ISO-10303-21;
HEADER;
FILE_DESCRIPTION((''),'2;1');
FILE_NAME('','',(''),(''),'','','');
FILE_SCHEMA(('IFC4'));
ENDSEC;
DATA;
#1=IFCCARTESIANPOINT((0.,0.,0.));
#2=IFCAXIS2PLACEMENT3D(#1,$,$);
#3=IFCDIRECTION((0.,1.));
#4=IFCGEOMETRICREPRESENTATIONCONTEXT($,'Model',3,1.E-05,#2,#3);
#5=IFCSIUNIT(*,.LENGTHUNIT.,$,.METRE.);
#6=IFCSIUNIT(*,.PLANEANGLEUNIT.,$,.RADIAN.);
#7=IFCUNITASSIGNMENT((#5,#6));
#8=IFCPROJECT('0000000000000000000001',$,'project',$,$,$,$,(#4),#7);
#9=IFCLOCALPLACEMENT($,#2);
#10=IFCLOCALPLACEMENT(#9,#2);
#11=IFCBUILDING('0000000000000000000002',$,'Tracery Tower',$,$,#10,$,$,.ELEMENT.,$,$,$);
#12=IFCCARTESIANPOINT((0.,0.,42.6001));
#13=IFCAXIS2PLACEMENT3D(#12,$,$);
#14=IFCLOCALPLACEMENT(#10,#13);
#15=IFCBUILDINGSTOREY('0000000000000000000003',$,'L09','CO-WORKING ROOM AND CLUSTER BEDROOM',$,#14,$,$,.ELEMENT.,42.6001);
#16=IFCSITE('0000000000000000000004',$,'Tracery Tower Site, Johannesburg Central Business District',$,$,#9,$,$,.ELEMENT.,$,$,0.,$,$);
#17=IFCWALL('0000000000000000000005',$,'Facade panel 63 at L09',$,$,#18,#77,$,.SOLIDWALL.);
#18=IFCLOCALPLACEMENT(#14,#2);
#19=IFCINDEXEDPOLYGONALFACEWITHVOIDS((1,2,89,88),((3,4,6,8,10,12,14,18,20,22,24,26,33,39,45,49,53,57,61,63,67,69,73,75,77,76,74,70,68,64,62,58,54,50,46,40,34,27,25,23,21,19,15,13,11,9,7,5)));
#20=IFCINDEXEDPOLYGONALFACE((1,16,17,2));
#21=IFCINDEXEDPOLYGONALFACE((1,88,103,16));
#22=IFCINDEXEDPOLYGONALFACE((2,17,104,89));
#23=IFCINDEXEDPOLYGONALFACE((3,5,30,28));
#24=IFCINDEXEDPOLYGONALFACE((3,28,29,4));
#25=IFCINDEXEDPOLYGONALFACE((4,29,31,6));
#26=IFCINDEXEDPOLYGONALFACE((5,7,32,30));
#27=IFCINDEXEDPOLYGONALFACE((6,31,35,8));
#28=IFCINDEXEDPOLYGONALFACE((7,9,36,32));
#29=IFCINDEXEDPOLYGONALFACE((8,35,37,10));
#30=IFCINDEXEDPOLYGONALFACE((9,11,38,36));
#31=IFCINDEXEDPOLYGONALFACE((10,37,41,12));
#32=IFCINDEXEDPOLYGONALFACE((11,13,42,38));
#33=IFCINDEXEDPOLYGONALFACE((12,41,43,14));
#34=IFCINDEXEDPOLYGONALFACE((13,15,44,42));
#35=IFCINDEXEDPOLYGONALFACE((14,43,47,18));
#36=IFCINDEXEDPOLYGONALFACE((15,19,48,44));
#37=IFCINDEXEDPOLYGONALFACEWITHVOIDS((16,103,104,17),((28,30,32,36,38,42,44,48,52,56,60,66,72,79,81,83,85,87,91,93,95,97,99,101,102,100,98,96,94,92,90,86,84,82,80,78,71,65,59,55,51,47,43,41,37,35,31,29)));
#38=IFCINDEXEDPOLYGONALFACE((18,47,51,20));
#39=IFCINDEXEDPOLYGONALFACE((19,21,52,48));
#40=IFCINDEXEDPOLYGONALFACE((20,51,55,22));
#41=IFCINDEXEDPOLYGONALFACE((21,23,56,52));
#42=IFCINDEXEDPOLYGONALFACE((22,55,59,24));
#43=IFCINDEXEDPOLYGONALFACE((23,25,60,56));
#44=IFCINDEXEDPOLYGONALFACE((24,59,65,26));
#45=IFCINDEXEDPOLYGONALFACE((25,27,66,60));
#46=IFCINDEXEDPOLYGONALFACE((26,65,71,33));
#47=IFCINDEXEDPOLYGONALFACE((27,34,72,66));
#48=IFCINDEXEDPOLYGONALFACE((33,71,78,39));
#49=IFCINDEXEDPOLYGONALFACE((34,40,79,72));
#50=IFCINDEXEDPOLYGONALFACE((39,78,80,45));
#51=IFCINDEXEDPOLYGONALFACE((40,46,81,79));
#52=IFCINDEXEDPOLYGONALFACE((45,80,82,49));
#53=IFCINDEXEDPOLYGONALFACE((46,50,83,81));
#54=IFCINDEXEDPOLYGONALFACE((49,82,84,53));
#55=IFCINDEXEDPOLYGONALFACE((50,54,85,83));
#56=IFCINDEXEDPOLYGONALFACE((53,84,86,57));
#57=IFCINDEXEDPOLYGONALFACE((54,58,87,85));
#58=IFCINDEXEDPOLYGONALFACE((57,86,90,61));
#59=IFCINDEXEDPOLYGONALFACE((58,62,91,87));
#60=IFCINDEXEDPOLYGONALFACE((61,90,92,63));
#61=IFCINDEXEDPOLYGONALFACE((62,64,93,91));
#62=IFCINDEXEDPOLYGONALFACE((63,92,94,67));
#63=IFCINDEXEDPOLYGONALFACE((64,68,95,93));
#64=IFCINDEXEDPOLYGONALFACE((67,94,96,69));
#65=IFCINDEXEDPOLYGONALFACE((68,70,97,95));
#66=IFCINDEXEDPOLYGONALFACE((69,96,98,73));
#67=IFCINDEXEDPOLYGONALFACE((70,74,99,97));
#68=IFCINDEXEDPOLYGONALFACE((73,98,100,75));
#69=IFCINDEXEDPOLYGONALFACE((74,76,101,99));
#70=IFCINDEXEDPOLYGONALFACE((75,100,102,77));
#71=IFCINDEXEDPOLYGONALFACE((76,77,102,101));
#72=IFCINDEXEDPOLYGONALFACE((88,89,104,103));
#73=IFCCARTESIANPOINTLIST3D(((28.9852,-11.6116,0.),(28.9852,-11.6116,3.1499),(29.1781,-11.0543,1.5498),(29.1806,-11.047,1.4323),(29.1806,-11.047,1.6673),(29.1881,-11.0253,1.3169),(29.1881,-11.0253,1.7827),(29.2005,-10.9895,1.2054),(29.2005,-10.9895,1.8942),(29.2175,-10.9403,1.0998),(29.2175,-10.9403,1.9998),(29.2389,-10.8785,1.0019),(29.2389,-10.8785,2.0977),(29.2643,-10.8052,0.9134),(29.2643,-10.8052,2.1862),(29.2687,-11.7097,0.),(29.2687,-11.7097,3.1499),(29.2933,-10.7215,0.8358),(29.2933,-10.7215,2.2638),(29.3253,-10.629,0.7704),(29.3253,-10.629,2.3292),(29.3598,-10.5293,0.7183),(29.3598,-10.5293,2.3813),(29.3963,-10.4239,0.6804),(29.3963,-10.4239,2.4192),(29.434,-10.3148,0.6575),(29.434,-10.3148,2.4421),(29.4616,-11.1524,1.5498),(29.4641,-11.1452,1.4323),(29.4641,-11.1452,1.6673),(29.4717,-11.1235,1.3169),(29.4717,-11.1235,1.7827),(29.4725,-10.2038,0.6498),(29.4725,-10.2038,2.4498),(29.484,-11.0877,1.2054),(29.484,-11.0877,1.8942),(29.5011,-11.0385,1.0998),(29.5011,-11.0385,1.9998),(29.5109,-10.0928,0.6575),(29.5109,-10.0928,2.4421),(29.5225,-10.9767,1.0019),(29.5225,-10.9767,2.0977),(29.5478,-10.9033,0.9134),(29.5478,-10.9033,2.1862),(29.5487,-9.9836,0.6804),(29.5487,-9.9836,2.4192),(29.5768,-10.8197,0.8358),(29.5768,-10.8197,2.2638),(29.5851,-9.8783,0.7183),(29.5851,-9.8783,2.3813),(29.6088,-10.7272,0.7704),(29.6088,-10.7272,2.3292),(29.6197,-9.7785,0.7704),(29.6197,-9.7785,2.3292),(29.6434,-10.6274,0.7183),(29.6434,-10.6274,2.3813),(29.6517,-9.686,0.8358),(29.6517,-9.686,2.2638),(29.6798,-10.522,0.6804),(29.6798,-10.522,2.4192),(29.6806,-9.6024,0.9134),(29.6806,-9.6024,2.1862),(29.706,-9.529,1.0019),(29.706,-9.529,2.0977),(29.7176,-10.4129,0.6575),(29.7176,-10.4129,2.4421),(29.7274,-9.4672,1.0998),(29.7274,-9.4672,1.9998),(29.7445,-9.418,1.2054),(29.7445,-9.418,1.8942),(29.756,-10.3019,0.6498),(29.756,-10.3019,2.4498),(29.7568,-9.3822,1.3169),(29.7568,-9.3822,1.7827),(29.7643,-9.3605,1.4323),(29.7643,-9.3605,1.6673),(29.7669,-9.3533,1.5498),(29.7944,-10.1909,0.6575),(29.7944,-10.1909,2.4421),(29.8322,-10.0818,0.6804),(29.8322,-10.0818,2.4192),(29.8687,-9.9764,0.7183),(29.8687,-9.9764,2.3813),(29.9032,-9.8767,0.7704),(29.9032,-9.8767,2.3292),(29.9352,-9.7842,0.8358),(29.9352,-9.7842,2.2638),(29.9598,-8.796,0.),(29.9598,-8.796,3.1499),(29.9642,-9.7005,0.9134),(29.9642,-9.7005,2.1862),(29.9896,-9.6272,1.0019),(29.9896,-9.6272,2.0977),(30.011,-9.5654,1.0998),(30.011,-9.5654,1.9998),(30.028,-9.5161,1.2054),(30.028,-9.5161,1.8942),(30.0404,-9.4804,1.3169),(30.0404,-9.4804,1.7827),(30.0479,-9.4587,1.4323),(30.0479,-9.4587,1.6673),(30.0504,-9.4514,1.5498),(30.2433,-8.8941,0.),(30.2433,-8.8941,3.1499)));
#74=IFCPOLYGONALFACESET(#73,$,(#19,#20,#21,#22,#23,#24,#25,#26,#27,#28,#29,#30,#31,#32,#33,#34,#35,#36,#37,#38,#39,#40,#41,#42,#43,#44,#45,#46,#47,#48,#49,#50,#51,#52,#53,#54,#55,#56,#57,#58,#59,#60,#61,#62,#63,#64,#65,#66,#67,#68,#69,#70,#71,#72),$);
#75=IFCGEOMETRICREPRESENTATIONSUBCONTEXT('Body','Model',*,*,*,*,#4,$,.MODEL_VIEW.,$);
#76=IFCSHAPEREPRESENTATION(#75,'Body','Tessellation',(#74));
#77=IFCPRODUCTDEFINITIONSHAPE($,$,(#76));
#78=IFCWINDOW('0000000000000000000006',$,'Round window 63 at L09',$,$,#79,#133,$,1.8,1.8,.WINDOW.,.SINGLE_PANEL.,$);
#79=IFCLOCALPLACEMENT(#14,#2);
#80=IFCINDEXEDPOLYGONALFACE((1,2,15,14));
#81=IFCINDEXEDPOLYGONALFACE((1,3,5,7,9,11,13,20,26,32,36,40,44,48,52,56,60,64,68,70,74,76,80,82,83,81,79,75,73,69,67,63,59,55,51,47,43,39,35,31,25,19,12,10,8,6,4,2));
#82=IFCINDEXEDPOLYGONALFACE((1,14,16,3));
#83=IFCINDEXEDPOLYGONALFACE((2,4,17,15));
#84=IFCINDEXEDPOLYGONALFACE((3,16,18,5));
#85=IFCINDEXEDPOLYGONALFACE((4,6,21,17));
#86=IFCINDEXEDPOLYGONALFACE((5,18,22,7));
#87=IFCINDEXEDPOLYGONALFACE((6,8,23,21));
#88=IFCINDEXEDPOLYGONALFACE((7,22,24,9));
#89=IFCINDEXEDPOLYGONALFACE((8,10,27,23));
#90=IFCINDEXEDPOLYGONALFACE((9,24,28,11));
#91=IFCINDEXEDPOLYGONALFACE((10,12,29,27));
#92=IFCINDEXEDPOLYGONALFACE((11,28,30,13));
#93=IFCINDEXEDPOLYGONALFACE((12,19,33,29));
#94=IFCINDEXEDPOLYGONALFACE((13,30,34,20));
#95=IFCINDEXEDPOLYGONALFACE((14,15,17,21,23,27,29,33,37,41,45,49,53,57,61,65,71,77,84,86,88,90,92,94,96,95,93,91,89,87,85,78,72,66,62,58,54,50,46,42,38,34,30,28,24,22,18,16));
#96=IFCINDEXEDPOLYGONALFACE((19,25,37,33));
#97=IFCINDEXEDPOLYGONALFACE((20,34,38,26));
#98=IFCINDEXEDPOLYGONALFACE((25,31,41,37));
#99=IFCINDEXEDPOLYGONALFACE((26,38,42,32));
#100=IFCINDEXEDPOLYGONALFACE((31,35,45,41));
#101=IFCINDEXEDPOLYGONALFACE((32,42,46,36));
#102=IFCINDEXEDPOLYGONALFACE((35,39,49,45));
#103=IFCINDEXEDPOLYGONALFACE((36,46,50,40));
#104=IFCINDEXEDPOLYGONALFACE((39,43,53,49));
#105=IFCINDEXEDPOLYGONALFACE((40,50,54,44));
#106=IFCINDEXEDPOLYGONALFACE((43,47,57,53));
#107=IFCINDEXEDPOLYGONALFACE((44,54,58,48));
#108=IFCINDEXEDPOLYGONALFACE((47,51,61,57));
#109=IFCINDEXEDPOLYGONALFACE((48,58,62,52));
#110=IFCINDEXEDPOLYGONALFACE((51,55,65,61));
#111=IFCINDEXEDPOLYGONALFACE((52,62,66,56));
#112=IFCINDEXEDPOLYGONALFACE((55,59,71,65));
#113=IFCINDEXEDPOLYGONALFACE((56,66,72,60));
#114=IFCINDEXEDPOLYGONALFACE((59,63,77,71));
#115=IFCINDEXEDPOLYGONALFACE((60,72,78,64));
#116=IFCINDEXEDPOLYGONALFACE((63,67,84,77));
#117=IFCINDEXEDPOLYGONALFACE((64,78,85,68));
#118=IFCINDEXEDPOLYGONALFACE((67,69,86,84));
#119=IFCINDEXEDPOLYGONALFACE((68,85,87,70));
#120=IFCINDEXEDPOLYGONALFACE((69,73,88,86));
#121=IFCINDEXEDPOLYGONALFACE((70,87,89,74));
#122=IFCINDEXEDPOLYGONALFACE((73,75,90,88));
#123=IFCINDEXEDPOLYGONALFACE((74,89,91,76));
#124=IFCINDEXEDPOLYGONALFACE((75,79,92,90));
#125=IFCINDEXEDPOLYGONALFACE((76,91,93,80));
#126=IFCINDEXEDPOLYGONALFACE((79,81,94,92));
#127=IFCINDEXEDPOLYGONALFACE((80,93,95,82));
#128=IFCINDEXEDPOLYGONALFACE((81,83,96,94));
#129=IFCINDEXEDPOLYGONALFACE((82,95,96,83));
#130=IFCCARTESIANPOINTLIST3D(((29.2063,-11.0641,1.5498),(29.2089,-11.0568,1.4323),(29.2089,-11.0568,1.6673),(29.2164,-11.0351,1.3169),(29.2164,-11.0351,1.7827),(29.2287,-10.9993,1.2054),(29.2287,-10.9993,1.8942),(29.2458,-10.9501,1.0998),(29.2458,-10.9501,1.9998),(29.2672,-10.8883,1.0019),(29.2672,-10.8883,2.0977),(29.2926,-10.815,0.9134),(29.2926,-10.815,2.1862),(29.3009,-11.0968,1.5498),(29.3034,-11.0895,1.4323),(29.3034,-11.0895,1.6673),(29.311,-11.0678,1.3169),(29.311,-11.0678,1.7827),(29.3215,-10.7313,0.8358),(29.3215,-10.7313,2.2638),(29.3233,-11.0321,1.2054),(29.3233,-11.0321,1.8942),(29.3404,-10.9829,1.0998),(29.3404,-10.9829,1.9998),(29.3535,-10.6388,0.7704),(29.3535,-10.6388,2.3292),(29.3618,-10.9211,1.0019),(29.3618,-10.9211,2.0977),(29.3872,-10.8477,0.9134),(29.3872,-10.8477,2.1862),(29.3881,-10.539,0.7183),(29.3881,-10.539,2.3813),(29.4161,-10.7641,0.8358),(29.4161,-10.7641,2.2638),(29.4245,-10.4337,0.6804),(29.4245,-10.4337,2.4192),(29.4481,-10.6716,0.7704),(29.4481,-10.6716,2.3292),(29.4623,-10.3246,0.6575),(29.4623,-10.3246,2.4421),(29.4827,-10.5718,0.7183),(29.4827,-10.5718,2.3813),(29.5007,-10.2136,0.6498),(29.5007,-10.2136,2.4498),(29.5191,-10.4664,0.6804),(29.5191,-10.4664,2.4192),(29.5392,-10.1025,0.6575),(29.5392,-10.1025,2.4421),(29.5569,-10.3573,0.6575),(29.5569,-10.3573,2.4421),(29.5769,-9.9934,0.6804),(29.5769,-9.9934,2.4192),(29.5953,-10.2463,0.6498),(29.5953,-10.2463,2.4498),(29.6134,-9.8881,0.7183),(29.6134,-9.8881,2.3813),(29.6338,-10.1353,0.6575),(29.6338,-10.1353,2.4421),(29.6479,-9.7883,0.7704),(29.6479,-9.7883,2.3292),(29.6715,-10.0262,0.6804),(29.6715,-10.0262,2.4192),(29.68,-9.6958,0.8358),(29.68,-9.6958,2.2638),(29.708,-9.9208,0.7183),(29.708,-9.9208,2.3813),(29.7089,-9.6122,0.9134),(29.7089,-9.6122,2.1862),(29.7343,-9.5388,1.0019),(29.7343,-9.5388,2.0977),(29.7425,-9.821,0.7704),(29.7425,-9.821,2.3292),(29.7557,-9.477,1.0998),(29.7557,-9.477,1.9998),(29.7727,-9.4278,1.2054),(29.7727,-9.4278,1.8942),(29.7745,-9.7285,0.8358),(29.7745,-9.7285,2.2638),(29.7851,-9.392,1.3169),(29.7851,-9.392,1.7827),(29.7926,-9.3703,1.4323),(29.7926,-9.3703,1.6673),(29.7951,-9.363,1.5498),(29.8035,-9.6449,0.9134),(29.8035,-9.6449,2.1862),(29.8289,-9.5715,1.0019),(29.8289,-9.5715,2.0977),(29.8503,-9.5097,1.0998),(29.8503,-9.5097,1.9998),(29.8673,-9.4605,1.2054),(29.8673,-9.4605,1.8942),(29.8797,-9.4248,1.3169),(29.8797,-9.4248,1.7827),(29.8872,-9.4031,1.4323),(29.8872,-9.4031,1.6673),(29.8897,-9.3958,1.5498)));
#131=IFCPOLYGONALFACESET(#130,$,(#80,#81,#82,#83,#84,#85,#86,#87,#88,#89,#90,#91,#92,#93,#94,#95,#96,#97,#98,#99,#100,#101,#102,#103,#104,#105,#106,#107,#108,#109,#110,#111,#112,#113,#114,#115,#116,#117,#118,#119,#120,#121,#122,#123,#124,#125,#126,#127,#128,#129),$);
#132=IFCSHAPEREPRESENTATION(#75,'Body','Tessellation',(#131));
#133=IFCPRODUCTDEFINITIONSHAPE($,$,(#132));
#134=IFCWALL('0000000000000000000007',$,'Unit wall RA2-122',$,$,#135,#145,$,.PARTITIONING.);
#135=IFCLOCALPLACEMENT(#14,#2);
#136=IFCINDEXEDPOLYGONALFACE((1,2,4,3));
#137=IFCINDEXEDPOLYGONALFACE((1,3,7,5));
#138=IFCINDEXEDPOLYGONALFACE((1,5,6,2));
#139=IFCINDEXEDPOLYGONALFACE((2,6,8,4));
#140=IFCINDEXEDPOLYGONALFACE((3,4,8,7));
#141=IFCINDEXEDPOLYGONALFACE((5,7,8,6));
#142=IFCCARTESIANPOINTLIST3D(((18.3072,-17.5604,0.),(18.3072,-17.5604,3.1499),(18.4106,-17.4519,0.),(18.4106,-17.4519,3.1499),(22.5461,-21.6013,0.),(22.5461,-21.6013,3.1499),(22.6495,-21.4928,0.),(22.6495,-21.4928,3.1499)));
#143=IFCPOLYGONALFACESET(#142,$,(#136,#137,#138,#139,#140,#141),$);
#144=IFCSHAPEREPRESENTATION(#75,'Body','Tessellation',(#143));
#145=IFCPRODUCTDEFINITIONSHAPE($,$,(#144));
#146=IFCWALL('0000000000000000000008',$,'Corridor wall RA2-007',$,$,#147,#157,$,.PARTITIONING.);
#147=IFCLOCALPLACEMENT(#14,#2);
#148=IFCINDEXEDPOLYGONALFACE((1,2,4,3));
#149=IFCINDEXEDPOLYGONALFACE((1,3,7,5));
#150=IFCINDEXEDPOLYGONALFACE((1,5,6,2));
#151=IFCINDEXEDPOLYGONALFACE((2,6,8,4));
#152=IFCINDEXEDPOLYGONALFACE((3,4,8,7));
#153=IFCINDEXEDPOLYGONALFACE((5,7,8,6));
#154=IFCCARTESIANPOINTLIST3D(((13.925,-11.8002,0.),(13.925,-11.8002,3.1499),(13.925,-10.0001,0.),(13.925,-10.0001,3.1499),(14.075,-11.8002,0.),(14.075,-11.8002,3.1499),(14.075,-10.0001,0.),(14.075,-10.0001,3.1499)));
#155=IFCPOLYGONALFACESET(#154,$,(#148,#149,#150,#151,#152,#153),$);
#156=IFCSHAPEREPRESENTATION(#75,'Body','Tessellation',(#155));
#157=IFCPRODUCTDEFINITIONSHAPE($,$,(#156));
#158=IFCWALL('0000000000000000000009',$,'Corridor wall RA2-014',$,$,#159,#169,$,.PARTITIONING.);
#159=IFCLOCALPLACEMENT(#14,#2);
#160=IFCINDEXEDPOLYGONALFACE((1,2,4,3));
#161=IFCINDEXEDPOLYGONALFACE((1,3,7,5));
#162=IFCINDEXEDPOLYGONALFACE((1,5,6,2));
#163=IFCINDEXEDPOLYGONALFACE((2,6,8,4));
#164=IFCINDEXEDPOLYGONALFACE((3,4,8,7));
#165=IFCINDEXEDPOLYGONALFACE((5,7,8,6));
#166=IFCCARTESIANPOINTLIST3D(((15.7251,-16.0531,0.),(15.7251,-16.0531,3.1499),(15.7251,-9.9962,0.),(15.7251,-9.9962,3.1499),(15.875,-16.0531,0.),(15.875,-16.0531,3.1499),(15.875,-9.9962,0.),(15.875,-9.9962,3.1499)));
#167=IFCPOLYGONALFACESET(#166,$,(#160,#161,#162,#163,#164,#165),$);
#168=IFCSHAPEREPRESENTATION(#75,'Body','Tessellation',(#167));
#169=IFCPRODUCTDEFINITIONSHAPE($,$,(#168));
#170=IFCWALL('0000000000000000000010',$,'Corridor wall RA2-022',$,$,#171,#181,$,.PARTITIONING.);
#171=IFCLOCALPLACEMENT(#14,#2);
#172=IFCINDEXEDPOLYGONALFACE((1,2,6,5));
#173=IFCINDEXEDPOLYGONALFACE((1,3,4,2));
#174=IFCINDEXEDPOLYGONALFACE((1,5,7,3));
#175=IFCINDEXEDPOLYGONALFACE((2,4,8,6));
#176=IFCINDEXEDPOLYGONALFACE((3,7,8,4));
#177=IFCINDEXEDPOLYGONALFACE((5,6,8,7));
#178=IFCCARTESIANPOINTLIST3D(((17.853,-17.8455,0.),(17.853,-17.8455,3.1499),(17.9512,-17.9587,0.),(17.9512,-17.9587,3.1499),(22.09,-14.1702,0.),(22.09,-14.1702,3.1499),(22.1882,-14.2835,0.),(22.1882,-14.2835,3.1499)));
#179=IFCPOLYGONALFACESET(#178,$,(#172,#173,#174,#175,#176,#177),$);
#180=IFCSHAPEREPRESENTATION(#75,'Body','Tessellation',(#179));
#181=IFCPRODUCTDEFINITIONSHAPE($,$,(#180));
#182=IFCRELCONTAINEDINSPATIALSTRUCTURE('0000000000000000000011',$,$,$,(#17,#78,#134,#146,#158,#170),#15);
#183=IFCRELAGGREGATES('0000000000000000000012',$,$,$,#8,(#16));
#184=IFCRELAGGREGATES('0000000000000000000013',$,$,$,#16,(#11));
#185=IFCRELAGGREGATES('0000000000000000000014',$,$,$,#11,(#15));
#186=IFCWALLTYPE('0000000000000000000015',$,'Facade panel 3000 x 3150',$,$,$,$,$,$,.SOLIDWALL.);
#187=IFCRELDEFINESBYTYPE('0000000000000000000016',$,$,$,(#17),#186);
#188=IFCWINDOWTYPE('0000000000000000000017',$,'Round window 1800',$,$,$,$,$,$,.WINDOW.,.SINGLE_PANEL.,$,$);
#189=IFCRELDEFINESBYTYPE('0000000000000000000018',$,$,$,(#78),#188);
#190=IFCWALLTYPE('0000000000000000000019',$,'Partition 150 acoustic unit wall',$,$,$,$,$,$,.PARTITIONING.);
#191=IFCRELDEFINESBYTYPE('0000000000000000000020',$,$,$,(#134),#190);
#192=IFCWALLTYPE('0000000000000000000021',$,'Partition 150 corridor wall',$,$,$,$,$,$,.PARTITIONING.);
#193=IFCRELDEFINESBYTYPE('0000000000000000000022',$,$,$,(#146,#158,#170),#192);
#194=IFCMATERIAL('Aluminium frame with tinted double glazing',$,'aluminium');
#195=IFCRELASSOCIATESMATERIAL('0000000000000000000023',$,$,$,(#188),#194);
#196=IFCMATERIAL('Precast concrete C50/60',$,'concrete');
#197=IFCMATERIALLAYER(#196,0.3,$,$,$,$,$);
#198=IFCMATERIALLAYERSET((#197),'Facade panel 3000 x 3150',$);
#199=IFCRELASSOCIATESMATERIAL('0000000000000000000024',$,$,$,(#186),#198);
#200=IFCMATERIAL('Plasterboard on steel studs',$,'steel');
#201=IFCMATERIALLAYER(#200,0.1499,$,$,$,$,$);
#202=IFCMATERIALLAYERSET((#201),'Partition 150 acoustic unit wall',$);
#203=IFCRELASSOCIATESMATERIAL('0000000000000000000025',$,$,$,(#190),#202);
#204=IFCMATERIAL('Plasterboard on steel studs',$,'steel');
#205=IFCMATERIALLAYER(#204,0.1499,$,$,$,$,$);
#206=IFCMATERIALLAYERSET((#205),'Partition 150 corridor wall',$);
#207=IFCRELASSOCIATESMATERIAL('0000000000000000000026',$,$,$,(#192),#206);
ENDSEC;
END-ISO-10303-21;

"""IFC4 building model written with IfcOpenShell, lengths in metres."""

from ifc_helpers import new_model, si_unit, direction, frame, frame_2d, origin, origin_2d, place, context, subcontext, project, spatial, rectangle, circle, extrude, material, layer, layer_set, type_object, element, fill, save


model = new_model("IFC4")

# Units and contexts
model_context = context("Model", 3, precision=1e-05, world=origin(), true_north=direction((0.0, 1.0)))
body_context = subcontext(model_context, "Body", "Model", "MODEL_VIEW")
ifc_project = project(units=[si_unit("LENGTHUNIT", "METRE"), si_unit("PLANEANGLEUNIT", "RADIAN")], contexts=[model_context])

# Site, building, storey
site_placement = place(None, origin())
site = spatial("IfcSite", under=ifc_project, at=site_placement, Name="Tracery Tower Site, Johannesburg Central Business District", CompositionType="ELEMENT", RefElevation=0.0)
building_placement = place(site_placement, origin())
building = spatial("IfcBuilding", under=site, at=building_placement, Name="Tracery Tower", CompositionType="ELEMENT")
storey_placement = place(building_placement, frame((0.0, 0.0, 42.6001)))
storey = spatial("IfcBuildingStorey", under=building, at=storey_placement, Name="L09", Description="CO-WORKING ROOM AND CLUSTER BEDROOM", CompositionType="ELEMENT", Elevation=42.6001)

# Wall, opening, window
ifc_material_1 = material(Name="Aluminium frame with tinted double glazing", Category="aluminium")
window_type = type_object("IfcWindowType", Name="Round window 1800", PartitioningType="SINGLE_PANEL", PredefinedType="WINDOW", material=ifc_material_1)
ifc_material_2 = material(Name="Precast concrete C50/60", Category="concrete")
ifc_layer_1 = layer(ifc_material_2, 0.3)
ifc_layer_set_1 = layer_set([ifc_layer_1], Name="Facade panel 3000 x 3150")
wall_type_1 = type_object("IfcWallType", Name="Facade panel 3000 x 3150", PredefinedType="SOLIDWALL", material=ifc_layer_set_1)
wall_1_placement = place(storey_placement, frame((29.127, -11.6606, 0.0), z_axis=(0.0, 0.0, 1.0), x_axis=(0.327096, 0.944991, 0.0)))
wall_1 = element("IfcWall", 1, at=wall_1_placement, inside=storey, type_object=wall_type_1, Name="Facade panel 63 at L09", PredefinedType="SOLIDWALL", context=body_context, shape_type="SweptSolid", body=[
    extrude(rectangle(XDim=2.9795, YDim=0.3, at=frame_2d((1.4897, 0.0))), origin(), (0.0, 0.0, 1.0), 3.1499),
])
opening_1_placement = place(wall_1_placement, frame((1.4897, 0.0, 1.5498)))
opening_1 = element("IfcOpeningElement", 2, at=opening_1_placement, cuts=wall_1, PredefinedType="OPENING", context=body_context, shape_type="SweptSolid", body=[
    extrude(circle(Radius=0.9, at=origin_2d()), frame((0.0, 0.1599, 0.0), z_axis=(0.0, -1.0, 0.0), x_axis=(1.0, 0.0, 0.0)), (0.0, 0.0, 1.0), 0.3201),
])
window_1_placement = place(opening_1_placement, origin())
window_1 = element("IfcWindow", 3, at=window_1_placement, inside=storey, type_object=window_type, Name="Round window 63 at L09", OverallHeight=1.8, OverallWidth=1.8, PartitioningType="SINGLE_PANEL", PredefinedType="WINDOW", context=body_context, shape_type="SweptSolid", body=[
    extrude(circle(Radius=0.9, at=origin_2d()), frame((0.0, 0.1201, 0.0), z_axis=(0.0, -1.0, 0.0), x_axis=(1.0, 0.0, 0.0)), (0.0, 0.0, 1.0), 0.1001),
])
fill(opening_1, window_1)

# Walls
ifc_material_3 = material(Name="Plasterboard on steel studs", Category="steel")
ifc_layer_2 = layer(ifc_material_3, 0.1499)
ifc_layer_set_2 = layer_set([ifc_layer_2], Name="Partition 150 acoustic unit wall")
wall_type_2 = type_object("IfcWallType", Name="Partition 150 acoustic unit wall", PredefinedType="PARTITIONING", material=ifc_layer_set_2)
wall_2_placement = place(storey_placement, frame((18.3589, -17.5061, 0.0), z_axis=(0.0, 0.0, 1.0), x_axis=(0.723809, -0.690001, 0.0)))
element("IfcWall", 4, at=wall_2_placement, inside=storey, type_object=wall_type_2, Name="Unit wall RA2-122", PredefinedType="PARTITIONING", context=body_context, shape_type="SweptSolid", body=[
    extrude(rectangle(XDim=5.8564, YDim=0.1499, at=frame_2d((2.9282, 0.0))), origin(), (0.0, 0.0, 1.0), 3.1499),
])
ifc_material_4 = material(Name="Plasterboard on steel studs", Category="steel")
ifc_layer_3 = layer(ifc_material_4, 0.1499)
ifc_layer_set_3 = layer_set([ifc_layer_3], Name="Partition 150 corridor wall")
wall_type_3 = type_object("IfcWallType", Name="Partition 150 corridor wall", PredefinedType="PARTITIONING", material=ifc_layer_set_3)
wall_3_placement = place(storey_placement, frame((14.0, -11.8, 0.0), z_axis=(0.0, 0.0, 1.0), x_axis=(0.0, 1.0, 0.0)))
element("IfcWall", 5, at=wall_3_placement, inside=storey, type_object=wall_type_3, Name="Corridor wall RA2-007", PredefinedType="PARTITIONING", context=body_context, shape_type="SweptSolid", body=[
    extrude(rectangle(XDim=1.8, YDim=0.1499, at=frame_2d((0.8999, 0.0))), origin(), (0.0, 0.0, 1.0), 3.1499),
])
wall_4_placement = place(storey_placement, frame((15.8, -16.053, 0.0), z_axis=(0.0, 0.0, 1.0), x_axis=(0.0, 1.0, 0.0)))
element("IfcWall", 6, at=wall_4_placement, inside=storey, type_object=wall_type_3, Name="Corridor wall RA2-014", PredefinedType="PARTITIONING", context=body_context, shape_type="SweptSolid", body=[
    extrude(rectangle(XDim=6.0569, YDim=0.1499, at=frame_2d((3.0283, 0.0))), origin(), (0.0, 0.0, 1.0), 3.1499),
])
wall_5_placement = place(storey_placement, frame((17.9021, -17.9021, 0.0), z_axis=(0.0, 0.0, 1.0), x_axis=(0.755409, 0.655254, 0.0)))
element("IfcWall", 7, at=wall_5_placement, inside=storey, type_object=wall_type_3, Name="Corridor wall RA2-022", PredefinedType="PARTITIONING", context=body_context, shape_type="SweptSolid", body=[
    extrude(rectangle(XDim=5.6089, YDim=0.1499, at=frame_2d((2.8044, 0.0))), origin(), (0.0, 0.0, 1.0), 3.1499),
])

save(model, "model.ifc")
